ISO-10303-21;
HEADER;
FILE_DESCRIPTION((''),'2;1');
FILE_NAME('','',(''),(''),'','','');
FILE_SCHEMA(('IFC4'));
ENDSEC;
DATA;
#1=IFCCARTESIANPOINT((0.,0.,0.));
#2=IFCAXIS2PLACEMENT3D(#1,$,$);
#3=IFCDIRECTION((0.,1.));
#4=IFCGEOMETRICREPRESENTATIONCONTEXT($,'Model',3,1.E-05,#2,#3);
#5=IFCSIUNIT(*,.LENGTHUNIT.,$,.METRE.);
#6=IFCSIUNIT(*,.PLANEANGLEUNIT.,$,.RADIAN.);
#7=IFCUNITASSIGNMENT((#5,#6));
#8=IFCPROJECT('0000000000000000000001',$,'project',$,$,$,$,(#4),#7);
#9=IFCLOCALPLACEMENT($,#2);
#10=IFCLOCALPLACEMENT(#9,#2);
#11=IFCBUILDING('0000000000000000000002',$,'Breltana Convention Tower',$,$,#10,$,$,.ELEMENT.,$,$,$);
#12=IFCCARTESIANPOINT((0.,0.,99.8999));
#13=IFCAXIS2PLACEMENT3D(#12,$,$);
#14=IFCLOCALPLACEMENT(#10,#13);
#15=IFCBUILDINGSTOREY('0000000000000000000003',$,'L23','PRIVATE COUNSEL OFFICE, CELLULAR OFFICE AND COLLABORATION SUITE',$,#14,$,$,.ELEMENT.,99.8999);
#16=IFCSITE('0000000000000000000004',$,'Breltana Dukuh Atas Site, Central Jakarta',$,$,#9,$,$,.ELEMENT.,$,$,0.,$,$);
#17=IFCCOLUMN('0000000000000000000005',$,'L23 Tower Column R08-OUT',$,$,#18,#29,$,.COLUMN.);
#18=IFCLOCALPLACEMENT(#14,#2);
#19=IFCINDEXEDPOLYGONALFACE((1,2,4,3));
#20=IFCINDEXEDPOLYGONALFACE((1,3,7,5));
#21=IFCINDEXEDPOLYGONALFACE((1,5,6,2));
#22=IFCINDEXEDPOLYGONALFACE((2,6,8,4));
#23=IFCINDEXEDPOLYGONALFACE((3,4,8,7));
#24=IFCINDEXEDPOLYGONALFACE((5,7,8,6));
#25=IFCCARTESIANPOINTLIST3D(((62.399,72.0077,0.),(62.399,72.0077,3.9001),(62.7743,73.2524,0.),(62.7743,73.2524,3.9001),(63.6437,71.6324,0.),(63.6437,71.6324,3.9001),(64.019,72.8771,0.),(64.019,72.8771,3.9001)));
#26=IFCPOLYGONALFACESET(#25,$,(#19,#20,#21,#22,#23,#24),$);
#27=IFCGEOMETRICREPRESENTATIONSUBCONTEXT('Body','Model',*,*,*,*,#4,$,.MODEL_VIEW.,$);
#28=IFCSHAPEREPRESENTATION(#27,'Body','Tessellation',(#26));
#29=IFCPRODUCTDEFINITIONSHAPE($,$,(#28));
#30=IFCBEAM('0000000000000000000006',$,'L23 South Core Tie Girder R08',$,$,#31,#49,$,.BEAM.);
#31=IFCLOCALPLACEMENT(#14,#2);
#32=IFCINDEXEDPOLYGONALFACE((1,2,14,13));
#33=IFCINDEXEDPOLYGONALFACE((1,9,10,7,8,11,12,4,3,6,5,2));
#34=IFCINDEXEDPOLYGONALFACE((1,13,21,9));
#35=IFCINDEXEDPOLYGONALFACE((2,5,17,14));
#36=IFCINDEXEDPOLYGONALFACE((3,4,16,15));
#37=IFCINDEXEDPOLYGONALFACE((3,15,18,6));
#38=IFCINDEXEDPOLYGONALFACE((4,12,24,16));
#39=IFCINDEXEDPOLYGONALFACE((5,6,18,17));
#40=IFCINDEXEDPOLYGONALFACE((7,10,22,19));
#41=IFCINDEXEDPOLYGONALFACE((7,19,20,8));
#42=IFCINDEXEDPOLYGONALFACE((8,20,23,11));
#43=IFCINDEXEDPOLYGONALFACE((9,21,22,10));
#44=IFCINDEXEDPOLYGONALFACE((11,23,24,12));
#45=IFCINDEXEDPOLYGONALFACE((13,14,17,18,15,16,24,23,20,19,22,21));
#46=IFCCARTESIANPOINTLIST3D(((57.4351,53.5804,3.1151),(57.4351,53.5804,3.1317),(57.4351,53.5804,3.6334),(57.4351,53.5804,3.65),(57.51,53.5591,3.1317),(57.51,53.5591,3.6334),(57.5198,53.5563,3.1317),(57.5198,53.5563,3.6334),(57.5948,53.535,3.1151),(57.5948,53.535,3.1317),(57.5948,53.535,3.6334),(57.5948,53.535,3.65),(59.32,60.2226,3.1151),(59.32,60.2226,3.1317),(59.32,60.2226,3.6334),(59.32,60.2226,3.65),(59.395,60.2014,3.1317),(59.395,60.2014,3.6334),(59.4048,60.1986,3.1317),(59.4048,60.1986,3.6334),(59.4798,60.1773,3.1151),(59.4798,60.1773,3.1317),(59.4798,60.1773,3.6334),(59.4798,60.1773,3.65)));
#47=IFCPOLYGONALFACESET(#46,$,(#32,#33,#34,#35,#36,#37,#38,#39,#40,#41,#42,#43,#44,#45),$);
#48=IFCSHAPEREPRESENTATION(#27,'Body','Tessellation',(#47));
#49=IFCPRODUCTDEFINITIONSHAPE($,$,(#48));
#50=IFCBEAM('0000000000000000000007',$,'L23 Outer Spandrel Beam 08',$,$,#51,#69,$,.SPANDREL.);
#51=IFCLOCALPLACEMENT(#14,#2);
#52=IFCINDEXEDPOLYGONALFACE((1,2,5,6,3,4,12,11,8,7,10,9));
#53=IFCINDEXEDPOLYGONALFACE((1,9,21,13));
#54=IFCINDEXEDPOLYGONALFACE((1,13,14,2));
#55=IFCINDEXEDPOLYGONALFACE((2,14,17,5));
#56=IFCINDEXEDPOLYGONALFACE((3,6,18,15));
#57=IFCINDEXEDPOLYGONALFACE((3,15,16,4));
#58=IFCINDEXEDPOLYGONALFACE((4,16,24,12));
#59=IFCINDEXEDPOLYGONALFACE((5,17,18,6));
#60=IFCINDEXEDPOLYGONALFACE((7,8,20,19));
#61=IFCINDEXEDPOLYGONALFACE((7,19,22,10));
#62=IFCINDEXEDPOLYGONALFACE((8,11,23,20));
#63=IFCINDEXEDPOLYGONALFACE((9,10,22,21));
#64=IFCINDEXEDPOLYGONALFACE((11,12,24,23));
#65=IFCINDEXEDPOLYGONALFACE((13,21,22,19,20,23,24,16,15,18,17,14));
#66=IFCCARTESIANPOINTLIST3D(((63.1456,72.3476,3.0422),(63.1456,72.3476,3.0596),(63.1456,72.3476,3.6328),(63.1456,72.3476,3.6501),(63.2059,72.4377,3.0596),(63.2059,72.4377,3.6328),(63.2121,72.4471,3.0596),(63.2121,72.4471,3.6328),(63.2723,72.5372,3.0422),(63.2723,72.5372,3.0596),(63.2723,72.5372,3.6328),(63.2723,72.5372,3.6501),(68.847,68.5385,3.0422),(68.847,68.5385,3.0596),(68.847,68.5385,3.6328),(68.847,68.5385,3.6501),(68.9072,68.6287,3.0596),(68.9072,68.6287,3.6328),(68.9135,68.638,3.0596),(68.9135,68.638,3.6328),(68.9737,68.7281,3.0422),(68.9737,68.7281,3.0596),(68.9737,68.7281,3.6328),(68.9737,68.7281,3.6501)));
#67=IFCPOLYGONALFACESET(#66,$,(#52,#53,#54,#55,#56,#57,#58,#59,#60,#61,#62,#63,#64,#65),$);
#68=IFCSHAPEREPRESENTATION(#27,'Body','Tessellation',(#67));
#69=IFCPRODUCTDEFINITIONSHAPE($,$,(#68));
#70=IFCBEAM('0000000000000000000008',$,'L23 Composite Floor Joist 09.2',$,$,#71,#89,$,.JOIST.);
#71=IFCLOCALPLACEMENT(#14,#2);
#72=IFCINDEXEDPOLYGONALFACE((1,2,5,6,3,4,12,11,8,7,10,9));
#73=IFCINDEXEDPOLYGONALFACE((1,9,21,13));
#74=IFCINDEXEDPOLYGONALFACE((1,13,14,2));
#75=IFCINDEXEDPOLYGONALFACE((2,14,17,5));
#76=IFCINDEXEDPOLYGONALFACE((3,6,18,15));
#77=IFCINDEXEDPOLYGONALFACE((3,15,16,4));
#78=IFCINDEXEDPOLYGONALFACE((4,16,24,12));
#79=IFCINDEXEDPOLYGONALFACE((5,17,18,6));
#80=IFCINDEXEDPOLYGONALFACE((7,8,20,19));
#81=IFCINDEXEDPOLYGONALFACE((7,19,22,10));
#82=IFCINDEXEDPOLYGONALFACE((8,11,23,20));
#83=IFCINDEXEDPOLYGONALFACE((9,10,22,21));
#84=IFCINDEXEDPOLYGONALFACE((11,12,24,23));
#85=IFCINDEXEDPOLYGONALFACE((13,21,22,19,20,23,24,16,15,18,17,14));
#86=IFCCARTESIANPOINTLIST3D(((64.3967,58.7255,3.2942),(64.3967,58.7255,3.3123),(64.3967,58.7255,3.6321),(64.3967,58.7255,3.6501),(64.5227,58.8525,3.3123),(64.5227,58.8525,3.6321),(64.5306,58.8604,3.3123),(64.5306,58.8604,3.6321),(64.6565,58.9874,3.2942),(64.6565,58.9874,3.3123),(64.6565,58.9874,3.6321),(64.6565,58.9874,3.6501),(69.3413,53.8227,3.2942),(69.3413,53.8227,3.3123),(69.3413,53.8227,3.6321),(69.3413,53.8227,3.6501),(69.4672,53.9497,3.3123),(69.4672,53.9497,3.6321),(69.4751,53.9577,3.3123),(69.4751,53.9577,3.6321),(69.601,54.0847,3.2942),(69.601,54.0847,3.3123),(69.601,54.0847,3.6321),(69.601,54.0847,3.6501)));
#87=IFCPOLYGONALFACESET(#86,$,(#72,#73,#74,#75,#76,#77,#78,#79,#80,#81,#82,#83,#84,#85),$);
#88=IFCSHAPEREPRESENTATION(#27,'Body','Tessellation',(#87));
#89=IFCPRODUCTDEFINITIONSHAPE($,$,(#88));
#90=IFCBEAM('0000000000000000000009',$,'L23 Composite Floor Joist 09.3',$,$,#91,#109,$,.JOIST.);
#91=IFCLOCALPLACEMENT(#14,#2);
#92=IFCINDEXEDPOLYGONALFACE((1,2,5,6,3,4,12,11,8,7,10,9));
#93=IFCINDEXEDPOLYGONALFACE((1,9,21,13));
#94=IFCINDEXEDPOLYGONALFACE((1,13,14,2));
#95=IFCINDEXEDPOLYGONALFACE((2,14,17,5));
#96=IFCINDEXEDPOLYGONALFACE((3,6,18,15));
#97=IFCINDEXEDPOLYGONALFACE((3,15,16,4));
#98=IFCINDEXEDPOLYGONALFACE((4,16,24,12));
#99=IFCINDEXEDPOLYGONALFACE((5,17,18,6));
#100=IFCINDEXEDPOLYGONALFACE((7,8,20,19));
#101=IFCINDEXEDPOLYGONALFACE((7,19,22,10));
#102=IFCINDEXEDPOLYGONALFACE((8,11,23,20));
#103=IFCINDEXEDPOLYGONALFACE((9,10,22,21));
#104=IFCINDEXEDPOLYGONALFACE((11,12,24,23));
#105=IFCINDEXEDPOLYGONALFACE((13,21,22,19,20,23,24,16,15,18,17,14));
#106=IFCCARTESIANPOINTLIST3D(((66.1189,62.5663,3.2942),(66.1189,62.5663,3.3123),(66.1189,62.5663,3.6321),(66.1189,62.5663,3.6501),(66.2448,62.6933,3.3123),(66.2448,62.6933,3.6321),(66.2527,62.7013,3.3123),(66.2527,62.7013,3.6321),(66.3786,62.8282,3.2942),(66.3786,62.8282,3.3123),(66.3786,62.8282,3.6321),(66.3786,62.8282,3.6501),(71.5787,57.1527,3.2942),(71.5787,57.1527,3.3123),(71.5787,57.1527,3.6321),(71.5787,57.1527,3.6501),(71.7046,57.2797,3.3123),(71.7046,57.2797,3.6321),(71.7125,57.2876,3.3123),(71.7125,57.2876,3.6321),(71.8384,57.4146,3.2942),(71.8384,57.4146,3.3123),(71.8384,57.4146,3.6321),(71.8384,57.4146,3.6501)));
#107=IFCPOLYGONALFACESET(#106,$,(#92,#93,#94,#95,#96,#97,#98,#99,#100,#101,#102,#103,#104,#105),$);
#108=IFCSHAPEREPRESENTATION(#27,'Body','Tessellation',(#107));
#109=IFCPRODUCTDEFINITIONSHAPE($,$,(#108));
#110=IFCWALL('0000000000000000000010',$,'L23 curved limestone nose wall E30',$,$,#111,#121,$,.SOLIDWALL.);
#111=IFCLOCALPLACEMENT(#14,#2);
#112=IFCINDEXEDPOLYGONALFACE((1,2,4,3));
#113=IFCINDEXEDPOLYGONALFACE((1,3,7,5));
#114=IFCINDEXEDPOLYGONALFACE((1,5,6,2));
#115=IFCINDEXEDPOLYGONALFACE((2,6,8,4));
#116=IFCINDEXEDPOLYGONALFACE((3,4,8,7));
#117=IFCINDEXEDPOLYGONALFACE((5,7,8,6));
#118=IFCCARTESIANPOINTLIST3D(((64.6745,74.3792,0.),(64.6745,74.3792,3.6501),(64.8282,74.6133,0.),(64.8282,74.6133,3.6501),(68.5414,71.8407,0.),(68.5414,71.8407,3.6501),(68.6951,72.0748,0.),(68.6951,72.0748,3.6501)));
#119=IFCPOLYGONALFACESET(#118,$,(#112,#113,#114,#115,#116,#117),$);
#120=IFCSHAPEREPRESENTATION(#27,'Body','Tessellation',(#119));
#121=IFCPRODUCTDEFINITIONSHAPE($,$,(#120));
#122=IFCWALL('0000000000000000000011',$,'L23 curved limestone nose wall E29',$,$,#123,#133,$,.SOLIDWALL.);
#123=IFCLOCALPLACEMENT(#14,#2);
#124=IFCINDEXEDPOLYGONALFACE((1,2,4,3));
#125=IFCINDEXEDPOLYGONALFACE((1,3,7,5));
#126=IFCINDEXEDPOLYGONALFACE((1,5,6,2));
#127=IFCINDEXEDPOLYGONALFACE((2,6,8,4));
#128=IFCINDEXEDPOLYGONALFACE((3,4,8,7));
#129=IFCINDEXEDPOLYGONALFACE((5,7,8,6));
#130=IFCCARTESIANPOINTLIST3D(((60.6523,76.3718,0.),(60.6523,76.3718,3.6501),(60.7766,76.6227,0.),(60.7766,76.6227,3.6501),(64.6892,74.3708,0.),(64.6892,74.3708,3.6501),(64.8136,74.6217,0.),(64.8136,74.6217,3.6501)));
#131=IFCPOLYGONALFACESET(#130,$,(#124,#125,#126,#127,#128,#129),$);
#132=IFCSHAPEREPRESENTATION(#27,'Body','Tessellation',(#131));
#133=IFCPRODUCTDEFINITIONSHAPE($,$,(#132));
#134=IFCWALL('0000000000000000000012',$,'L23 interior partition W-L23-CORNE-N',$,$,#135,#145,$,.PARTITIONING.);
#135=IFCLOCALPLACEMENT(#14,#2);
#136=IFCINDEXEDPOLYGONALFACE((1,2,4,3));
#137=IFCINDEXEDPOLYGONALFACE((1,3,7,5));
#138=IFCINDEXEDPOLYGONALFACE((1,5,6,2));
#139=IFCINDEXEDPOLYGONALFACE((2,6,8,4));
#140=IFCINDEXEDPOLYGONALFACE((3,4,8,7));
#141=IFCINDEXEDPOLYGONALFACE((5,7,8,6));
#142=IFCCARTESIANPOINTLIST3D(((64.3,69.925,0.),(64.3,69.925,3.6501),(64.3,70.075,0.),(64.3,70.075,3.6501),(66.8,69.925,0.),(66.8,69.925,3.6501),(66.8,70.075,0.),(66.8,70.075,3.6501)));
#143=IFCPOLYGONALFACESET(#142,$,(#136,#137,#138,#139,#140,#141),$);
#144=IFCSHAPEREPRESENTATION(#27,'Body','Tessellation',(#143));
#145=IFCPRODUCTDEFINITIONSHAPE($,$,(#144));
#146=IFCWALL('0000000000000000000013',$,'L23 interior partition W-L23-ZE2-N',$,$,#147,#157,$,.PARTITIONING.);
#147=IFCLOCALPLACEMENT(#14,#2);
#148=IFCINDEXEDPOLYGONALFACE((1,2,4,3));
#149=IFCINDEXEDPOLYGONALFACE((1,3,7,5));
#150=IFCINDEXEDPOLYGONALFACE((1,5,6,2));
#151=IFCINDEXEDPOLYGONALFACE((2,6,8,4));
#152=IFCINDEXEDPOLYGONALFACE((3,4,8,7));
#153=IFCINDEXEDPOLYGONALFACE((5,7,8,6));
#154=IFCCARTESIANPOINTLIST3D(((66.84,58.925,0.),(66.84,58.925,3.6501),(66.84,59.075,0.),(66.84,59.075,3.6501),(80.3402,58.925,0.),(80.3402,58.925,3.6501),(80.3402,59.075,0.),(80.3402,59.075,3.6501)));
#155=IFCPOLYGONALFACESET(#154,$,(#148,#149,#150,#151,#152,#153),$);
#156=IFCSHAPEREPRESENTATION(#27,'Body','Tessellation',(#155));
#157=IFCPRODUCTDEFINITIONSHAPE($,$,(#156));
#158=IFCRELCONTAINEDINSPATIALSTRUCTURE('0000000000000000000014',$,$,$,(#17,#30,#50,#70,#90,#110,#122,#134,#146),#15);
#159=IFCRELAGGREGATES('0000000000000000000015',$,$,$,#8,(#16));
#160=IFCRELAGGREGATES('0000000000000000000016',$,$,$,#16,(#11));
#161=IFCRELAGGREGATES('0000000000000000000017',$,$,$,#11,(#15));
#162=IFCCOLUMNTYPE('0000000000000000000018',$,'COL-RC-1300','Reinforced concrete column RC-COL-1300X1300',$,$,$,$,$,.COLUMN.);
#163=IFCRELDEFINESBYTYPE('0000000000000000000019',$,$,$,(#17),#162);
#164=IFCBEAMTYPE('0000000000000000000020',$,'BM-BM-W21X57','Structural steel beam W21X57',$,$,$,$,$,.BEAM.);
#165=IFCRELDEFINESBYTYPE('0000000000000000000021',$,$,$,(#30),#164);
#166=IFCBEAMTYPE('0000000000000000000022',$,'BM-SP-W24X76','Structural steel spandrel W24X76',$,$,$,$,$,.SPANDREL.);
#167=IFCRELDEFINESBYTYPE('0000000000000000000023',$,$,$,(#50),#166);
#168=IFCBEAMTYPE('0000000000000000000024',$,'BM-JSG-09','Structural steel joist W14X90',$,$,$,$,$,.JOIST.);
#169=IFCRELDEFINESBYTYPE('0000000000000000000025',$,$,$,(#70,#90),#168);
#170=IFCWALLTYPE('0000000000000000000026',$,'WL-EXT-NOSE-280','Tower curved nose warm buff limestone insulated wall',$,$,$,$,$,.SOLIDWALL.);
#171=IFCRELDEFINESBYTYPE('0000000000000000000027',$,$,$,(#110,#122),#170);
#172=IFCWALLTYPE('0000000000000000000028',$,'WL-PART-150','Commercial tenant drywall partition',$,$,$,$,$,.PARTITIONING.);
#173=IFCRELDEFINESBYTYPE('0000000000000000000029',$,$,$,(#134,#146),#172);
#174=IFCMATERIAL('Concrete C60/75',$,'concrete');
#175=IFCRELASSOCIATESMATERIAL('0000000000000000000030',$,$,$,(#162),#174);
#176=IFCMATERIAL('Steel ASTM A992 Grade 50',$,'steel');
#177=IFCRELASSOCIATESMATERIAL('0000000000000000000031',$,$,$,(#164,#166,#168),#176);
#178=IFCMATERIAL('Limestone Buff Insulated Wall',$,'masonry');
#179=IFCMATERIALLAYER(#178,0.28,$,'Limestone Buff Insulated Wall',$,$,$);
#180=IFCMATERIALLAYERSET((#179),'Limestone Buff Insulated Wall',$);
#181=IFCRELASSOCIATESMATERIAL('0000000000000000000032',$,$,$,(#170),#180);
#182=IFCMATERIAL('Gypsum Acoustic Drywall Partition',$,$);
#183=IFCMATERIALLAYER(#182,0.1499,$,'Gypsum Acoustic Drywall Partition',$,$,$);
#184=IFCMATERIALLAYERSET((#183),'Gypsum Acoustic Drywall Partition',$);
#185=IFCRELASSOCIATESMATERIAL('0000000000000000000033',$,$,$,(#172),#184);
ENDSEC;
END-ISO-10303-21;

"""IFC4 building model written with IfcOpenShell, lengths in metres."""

from ifc_helpers import new_model, si_unit, direction, frame, frame_2d, origin, origin_2d, place, context, subcontext, project, spatial, rectangle, i_section, extrude, source, transform, mapped, material, layer, layer_set, material_profile, profile_set, type_object, type_shapes, element, save


model = new_model("IFC4")

# Units and contexts
model_context = context("Model", 3, precision=1e-05, world=origin(), true_north=direction((0.0, 1.0)))
body_context = subcontext(model_context, "Body", "Model", "MODEL_VIEW")
ifc_project = project(units=[si_unit("LENGTHUNIT", "METRE"), si_unit("PLANEANGLEUNIT", "RADIAN")], contexts=[model_context])

# Site, building, storey
site_placement = place(None, origin())
site = spatial("IfcSite", under=ifc_project, at=site_placement, Name="Breltana Dukuh Atas Site, Central Jakarta", CompositionType="ELEMENT", RefElevation=0.0)
building_placement = place(site_placement, origin())
building = spatial("IfcBuilding", under=site, at=building_placement, Name="Breltana Convention Tower", CompositionType="ELEMENT")
storey_placement = place(building_placement, frame((0.0, 0.0, 99.8999)))
storey = spatial("IfcBuildingStorey", under=building, at=storey_placement, Name="L23", Description="PRIVATE COUNSEL OFFICE, CELLULAR OFFICE AND COLLABORATION SUITE", CompositionType="ELEMENT", Elevation=99.8999)

# Column
ifc_material_1 = material(Name="Concrete C60/75", Category="concrete")
ifc_material_profile_1 = material_profile(ifc_material_1, rectangle(XDim=1.3, YDim=1.3, at=origin_2d()), Name="RC-COL-1300X1300")
ifc_profile_set_1 = profile_set([ifc_material_profile_1], Name="Concrete C60/75")
column_type = type_object("IfcColumnType", Name="COL-RC-1300", Description="Reinforced concrete column RC-COL-1300X1300", PredefinedType="COLUMN", material=ifc_profile_set_1)
shared_shape_1 = source(origin(), body_context, "Body", "SweptSolid", [
    extrude(rectangle(XDim=1.3, YDim=1.3, at=origin_2d()), origin(), (0.0, 0.0, 1.0), 3.9001),
])
column_placement = place(storey_placement, frame((63.209, 72.4424, 0.0), z_axis=(0.0, 0.0, 1.0), x_axis=(0.288698, 0.95742, 0.0)))
element("IfcColumn", 1, at=column_placement, inside=storey, type_object=column_type, Name="L23 Tower Column R08-OUT", PredefinedType="COLUMN", context=body_context, shape_type="MappedRepresentation", body=[
    mapped(shared_shape_1, transform((0.0, 0.0, 0.0), scale=1.0)),
])

# Beams
ifc_material_2 = material(Name="Steel ASTM A992 Grade 50", Category="steel")
ifc_material_profile_2 = material_profile(ifc_material_2, i_section(OverallWidth=0.166, OverallDepth=0.5349, WebThickness=0.0103, FlangeThickness=0.0166, at=origin_2d()), Name="W21X57")
ifc_profile_set_2 = profile_set([ifc_material_profile_2], Name="Steel ASTM A992 Grade 50")
beam_type_1 = type_object("IfcBeamType", Name="BM-BM-W21X57", Description="Structural steel beam W21X57", PredefinedType="BEAM", material=ifc_profile_set_2)
shared_shape_2 = source(origin(), body_context, "Body", "SweptSolid", [
    extrude(i_section(OverallWidth=0.166, OverallDepth=0.5349, WebThickness=0.0103, FlangeThickness=0.0166, at=origin_2d()), origin(), (0.0, 0.0, 1.0), 6.9045),
])
type_shapes(beam_type_1, [shared_shape_2])
beam_1_placement = place(storey_placement, frame((59.3999, 60.2, 3.3826), z_axis=(-0.273007, -0.962012, 0.0), x_axis=(0.962012, -0.273007, 0.0)))
element("IfcBeam", 2, at=beam_1_placement, inside=storey, type_object=beam_type_1, Name="L23 South Core Tie Girder R08", PredefinedType="BEAM", context=body_context, shape_type="MappedRepresentation", body=[
    mapped(shared_shape_2, transform((0.0, 0.0, 0.0), scale=1.0)),
])
ifc_material_profile_3 = material_profile(ifc_material_2, i_section(OverallWidth=0.228, OverallDepth=0.6079, WebThickness=0.0112, FlangeThickness=0.0173, at=origin_2d()), Name="W24X76")
ifc_profile_set_3 = profile_set([ifc_material_profile_3], Name="Steel ASTM A992 Grade 50")
beam_type_2 = type_object("IfcBeamType", Name="BM-SP-W24X76", Description="Structural steel spandrel W24X76", PredefinedType="SPANDREL", material=ifc_profile_set_3)
shared_shape_3 = source(origin(), body_context, "Body", "SweptSolid", [
    extrude(i_section(OverallWidth=0.228, OverallDepth=0.6079, WebThickness=0.0112, FlangeThickness=0.0173, at=origin_2d()), origin(), (0.0, 0.0, 1.0), 6.8567),
])
beam_2_placement = place(storey_placement, frame((63.209, 72.4424, 3.3462), z_axis=(0.831502, -0.555522, 0.0), x_axis=(0.555522, 0.831502, 0.0)))
element("IfcBeam", 3, at=beam_2_placement, inside=storey, type_object=beam_type_2, Name="L23 Outer Spandrel Beam 08", PredefinedType="SPANDREL", context=body_context, shape_type="MappedRepresentation", body=[
    mapped(shared_shape_3, transform((0.0, 0.0, 0.0), scale=1.0)),
])
ifc_material_profile_4 = material_profile(ifc_material_2, i_section(OverallWidth=0.3689, OverallDepth=0.356, WebThickness=0.0112, FlangeThickness=0.0181, at=origin_2d()), Name="W14X90")
ifc_profile_set_4 = profile_set([ifc_material_profile_4], Name="Steel ASTM A992 Grade 50")
beam_type_3 = type_object("IfcBeamType", Name="BM-JSG-09", Description="Structural steel joist W14X90", PredefinedType="JOIST", material=ifc_profile_set_4)
shared_shape_4 = source(origin(), body_context, "Body", "SweptSolid", [
    extrude(i_section(OverallWidth=0.3689, OverallDepth=0.356, WebThickness=0.0112, FlangeThickness=0.0181, at=origin_2d()), origin(), (0.0, 0.0, 1.0), 6.9631),
])
beam_3_placement = place(storey_placement, frame((64.5266, 58.8564, 3.4722), z_axis=(0.710098, -0.704103, 0.0), x_axis=(0.704103, 0.710098, 0.0)))
element("IfcBeam", 4, at=beam_3_placement, inside=storey, type_object=beam_type_3, Name="L23 Composite Floor Joist 09.2", PredefinedType="JOIST", context=body_context, shape_type="MappedRepresentation", body=[
    mapped(shared_shape_4, transform((0.0, 0.0, 0.0), scale=1.0)),
])
shared_shape_5 = source(origin(), body_context, "Body", "SweptSolid", [
    extrude(i_section(OverallWidth=0.3689, OverallDepth=0.356, WebThickness=0.0112, FlangeThickness=0.0181, at=origin_2d()), origin(), (0.0, 0.0, 1.0), 7.6887),
])
beam_4_placement = place(storey_placement, frame((66.2488, 62.6973, 3.4722), z_axis=(0.710101, -0.7041, 0.0), x_axis=(0.7041, 0.710101, 0.0)))
element("IfcBeam", 5, at=beam_4_placement, inside=storey, type_object=beam_type_3, Name="L23 Composite Floor Joist 09.3", PredefinedType="JOIST", context=body_context, shape_type="MappedRepresentation", body=[
    mapped(shared_shape_5, transform((0.0, 0.0, 0.0), scale=1.0)),
])

# Walls
ifc_material_3 = material(Name="Limestone Buff Insulated Wall", Category="masonry")
ifc_layer_1 = layer(ifc_material_3, 0.28, Name="Limestone Buff Insulated Wall")
ifc_layer_set_1 = layer_set([ifc_layer_1], Name="Limestone Buff Insulated Wall")
wall_type_1 = type_object("IfcWallType", Name="WL-EXT-NOSE-280", Description="Tower curved nose warm buff limestone insulated wall", PredefinedType="SOLIDWALL", material=ifc_layer_set_1)
shared_shape_6 = source(origin(), body_context, "Body", "SweptSolid", [
    extrude(rectangle(XDim=4.6257, YDim=0.28, at=frame_2d((2.313, 0.0))), origin(), (0.0, 0.0, 1.0), 3.6501),
])
wall_1_placement = place(storey_placement, frame((64.7512, 74.4963, 0.0), z_axis=(0.0, 0.0, 1.0), x_axis=(0.835959, -0.548791, 0.0)))
element("IfcWall", 6, at=wall_1_placement, inside=storey, type_object=wall_type_1, Name="L23 curved limestone nose wall E30", PredefinedType="SOLIDWALL", context=body_context, shape_type="MappedRepresentation", body=[
    mapped(shared_shape_6, transform((0.0, 0.0, 0.0), scale=1.0)),
])
shared_shape_7 = source(origin(), body_context, "Body", "SweptSolid", [
    extrude(rectangle(XDim=4.5056, YDim=0.28, at=frame_2d((2.2529, 0.0))), origin(), (0.0, 0.0, 1.0), 3.6501),
])
wall_2_placement = place(storey_placement, frame((60.7144, 76.4973, 0.0), z_axis=(0.0, 0.0, 1.0), x_axis=(0.895972, -0.444111, 0.0)))
element("IfcWall", 7, at=wall_2_placement, inside=storey, type_object=wall_type_1, Name="L23 curved limestone nose wall E29", PredefinedType="SOLIDWALL", context=body_context, shape_type="MappedRepresentation", body=[
    mapped(shared_shape_7, transform((0.0, 0.0, 0.0), scale=1.0)),
])
ifc_material_4 = material(Name="Gypsum Acoustic Drywall Partition")
ifc_layer_2 = layer(ifc_material_4, 0.1499, Name="Gypsum Acoustic Drywall Partition")
ifc_layer_set_2 = layer_set([ifc_layer_2], Name="Gypsum Acoustic Drywall Partition")
wall_type_2 = type_object("IfcWallType", Name="WL-PART-150", Description="Commercial tenant drywall partition", PredefinedType="PARTITIONING", material=ifc_layer_set_2)
shared_shape_8 = source(origin(), body_context, "Body", "SweptSolid", [
    extrude(rectangle(XDim=2.5, YDim=0.1499, at=frame_2d((1.25, 0.0))), origin(), (0.0, 0.0, 1.0), 3.6501),
])
wall_3_placement = place(storey_placement, frame((64.3, 70.0, 0.0), z_axis=(0.0, 0.0, 1.0), x_axis=(1.0, 0.0, 0.0)))
element("IfcWall", 8, at=wall_3_placement, inside=storey, type_object=wall_type_2, Name="L23 interior partition W-L23-CORNE-N", PredefinedType="PARTITIONING", context=body_context, shape_type="MappedRepresentation", body=[
    mapped(shared_shape_8, transform((0.0, 0.0, 0.0), scale=1.0)),
])
shared_shape_9 = source(origin(), body_context, "Body", "SweptSolid", [
    extrude(rectangle(XDim=13.5002, YDim=0.1499, at=frame_2d((6.75, 0.0))), origin(), (0.0, 0.0, 1.0), 3.6501),
])
wall_4_placement = place(storey_placement, frame((66.8401, 59.0, 0.0), z_axis=(0.0, 0.0, 1.0), x_axis=(1.0, 0.0, 0.0)))
element("IfcWall", 9, at=wall_4_placement, inside=storey, type_object=wall_type_2, Name="L23 interior partition W-L23-ZE2-N", PredefinedType="PARTITIONING", context=body_context, shape_type="MappedRepresentation", body=[
    mapped(shared_shape_9, transform((0.0, 0.0, 0.0), scale=1.0)),
])

save(model, "model.ifc")
